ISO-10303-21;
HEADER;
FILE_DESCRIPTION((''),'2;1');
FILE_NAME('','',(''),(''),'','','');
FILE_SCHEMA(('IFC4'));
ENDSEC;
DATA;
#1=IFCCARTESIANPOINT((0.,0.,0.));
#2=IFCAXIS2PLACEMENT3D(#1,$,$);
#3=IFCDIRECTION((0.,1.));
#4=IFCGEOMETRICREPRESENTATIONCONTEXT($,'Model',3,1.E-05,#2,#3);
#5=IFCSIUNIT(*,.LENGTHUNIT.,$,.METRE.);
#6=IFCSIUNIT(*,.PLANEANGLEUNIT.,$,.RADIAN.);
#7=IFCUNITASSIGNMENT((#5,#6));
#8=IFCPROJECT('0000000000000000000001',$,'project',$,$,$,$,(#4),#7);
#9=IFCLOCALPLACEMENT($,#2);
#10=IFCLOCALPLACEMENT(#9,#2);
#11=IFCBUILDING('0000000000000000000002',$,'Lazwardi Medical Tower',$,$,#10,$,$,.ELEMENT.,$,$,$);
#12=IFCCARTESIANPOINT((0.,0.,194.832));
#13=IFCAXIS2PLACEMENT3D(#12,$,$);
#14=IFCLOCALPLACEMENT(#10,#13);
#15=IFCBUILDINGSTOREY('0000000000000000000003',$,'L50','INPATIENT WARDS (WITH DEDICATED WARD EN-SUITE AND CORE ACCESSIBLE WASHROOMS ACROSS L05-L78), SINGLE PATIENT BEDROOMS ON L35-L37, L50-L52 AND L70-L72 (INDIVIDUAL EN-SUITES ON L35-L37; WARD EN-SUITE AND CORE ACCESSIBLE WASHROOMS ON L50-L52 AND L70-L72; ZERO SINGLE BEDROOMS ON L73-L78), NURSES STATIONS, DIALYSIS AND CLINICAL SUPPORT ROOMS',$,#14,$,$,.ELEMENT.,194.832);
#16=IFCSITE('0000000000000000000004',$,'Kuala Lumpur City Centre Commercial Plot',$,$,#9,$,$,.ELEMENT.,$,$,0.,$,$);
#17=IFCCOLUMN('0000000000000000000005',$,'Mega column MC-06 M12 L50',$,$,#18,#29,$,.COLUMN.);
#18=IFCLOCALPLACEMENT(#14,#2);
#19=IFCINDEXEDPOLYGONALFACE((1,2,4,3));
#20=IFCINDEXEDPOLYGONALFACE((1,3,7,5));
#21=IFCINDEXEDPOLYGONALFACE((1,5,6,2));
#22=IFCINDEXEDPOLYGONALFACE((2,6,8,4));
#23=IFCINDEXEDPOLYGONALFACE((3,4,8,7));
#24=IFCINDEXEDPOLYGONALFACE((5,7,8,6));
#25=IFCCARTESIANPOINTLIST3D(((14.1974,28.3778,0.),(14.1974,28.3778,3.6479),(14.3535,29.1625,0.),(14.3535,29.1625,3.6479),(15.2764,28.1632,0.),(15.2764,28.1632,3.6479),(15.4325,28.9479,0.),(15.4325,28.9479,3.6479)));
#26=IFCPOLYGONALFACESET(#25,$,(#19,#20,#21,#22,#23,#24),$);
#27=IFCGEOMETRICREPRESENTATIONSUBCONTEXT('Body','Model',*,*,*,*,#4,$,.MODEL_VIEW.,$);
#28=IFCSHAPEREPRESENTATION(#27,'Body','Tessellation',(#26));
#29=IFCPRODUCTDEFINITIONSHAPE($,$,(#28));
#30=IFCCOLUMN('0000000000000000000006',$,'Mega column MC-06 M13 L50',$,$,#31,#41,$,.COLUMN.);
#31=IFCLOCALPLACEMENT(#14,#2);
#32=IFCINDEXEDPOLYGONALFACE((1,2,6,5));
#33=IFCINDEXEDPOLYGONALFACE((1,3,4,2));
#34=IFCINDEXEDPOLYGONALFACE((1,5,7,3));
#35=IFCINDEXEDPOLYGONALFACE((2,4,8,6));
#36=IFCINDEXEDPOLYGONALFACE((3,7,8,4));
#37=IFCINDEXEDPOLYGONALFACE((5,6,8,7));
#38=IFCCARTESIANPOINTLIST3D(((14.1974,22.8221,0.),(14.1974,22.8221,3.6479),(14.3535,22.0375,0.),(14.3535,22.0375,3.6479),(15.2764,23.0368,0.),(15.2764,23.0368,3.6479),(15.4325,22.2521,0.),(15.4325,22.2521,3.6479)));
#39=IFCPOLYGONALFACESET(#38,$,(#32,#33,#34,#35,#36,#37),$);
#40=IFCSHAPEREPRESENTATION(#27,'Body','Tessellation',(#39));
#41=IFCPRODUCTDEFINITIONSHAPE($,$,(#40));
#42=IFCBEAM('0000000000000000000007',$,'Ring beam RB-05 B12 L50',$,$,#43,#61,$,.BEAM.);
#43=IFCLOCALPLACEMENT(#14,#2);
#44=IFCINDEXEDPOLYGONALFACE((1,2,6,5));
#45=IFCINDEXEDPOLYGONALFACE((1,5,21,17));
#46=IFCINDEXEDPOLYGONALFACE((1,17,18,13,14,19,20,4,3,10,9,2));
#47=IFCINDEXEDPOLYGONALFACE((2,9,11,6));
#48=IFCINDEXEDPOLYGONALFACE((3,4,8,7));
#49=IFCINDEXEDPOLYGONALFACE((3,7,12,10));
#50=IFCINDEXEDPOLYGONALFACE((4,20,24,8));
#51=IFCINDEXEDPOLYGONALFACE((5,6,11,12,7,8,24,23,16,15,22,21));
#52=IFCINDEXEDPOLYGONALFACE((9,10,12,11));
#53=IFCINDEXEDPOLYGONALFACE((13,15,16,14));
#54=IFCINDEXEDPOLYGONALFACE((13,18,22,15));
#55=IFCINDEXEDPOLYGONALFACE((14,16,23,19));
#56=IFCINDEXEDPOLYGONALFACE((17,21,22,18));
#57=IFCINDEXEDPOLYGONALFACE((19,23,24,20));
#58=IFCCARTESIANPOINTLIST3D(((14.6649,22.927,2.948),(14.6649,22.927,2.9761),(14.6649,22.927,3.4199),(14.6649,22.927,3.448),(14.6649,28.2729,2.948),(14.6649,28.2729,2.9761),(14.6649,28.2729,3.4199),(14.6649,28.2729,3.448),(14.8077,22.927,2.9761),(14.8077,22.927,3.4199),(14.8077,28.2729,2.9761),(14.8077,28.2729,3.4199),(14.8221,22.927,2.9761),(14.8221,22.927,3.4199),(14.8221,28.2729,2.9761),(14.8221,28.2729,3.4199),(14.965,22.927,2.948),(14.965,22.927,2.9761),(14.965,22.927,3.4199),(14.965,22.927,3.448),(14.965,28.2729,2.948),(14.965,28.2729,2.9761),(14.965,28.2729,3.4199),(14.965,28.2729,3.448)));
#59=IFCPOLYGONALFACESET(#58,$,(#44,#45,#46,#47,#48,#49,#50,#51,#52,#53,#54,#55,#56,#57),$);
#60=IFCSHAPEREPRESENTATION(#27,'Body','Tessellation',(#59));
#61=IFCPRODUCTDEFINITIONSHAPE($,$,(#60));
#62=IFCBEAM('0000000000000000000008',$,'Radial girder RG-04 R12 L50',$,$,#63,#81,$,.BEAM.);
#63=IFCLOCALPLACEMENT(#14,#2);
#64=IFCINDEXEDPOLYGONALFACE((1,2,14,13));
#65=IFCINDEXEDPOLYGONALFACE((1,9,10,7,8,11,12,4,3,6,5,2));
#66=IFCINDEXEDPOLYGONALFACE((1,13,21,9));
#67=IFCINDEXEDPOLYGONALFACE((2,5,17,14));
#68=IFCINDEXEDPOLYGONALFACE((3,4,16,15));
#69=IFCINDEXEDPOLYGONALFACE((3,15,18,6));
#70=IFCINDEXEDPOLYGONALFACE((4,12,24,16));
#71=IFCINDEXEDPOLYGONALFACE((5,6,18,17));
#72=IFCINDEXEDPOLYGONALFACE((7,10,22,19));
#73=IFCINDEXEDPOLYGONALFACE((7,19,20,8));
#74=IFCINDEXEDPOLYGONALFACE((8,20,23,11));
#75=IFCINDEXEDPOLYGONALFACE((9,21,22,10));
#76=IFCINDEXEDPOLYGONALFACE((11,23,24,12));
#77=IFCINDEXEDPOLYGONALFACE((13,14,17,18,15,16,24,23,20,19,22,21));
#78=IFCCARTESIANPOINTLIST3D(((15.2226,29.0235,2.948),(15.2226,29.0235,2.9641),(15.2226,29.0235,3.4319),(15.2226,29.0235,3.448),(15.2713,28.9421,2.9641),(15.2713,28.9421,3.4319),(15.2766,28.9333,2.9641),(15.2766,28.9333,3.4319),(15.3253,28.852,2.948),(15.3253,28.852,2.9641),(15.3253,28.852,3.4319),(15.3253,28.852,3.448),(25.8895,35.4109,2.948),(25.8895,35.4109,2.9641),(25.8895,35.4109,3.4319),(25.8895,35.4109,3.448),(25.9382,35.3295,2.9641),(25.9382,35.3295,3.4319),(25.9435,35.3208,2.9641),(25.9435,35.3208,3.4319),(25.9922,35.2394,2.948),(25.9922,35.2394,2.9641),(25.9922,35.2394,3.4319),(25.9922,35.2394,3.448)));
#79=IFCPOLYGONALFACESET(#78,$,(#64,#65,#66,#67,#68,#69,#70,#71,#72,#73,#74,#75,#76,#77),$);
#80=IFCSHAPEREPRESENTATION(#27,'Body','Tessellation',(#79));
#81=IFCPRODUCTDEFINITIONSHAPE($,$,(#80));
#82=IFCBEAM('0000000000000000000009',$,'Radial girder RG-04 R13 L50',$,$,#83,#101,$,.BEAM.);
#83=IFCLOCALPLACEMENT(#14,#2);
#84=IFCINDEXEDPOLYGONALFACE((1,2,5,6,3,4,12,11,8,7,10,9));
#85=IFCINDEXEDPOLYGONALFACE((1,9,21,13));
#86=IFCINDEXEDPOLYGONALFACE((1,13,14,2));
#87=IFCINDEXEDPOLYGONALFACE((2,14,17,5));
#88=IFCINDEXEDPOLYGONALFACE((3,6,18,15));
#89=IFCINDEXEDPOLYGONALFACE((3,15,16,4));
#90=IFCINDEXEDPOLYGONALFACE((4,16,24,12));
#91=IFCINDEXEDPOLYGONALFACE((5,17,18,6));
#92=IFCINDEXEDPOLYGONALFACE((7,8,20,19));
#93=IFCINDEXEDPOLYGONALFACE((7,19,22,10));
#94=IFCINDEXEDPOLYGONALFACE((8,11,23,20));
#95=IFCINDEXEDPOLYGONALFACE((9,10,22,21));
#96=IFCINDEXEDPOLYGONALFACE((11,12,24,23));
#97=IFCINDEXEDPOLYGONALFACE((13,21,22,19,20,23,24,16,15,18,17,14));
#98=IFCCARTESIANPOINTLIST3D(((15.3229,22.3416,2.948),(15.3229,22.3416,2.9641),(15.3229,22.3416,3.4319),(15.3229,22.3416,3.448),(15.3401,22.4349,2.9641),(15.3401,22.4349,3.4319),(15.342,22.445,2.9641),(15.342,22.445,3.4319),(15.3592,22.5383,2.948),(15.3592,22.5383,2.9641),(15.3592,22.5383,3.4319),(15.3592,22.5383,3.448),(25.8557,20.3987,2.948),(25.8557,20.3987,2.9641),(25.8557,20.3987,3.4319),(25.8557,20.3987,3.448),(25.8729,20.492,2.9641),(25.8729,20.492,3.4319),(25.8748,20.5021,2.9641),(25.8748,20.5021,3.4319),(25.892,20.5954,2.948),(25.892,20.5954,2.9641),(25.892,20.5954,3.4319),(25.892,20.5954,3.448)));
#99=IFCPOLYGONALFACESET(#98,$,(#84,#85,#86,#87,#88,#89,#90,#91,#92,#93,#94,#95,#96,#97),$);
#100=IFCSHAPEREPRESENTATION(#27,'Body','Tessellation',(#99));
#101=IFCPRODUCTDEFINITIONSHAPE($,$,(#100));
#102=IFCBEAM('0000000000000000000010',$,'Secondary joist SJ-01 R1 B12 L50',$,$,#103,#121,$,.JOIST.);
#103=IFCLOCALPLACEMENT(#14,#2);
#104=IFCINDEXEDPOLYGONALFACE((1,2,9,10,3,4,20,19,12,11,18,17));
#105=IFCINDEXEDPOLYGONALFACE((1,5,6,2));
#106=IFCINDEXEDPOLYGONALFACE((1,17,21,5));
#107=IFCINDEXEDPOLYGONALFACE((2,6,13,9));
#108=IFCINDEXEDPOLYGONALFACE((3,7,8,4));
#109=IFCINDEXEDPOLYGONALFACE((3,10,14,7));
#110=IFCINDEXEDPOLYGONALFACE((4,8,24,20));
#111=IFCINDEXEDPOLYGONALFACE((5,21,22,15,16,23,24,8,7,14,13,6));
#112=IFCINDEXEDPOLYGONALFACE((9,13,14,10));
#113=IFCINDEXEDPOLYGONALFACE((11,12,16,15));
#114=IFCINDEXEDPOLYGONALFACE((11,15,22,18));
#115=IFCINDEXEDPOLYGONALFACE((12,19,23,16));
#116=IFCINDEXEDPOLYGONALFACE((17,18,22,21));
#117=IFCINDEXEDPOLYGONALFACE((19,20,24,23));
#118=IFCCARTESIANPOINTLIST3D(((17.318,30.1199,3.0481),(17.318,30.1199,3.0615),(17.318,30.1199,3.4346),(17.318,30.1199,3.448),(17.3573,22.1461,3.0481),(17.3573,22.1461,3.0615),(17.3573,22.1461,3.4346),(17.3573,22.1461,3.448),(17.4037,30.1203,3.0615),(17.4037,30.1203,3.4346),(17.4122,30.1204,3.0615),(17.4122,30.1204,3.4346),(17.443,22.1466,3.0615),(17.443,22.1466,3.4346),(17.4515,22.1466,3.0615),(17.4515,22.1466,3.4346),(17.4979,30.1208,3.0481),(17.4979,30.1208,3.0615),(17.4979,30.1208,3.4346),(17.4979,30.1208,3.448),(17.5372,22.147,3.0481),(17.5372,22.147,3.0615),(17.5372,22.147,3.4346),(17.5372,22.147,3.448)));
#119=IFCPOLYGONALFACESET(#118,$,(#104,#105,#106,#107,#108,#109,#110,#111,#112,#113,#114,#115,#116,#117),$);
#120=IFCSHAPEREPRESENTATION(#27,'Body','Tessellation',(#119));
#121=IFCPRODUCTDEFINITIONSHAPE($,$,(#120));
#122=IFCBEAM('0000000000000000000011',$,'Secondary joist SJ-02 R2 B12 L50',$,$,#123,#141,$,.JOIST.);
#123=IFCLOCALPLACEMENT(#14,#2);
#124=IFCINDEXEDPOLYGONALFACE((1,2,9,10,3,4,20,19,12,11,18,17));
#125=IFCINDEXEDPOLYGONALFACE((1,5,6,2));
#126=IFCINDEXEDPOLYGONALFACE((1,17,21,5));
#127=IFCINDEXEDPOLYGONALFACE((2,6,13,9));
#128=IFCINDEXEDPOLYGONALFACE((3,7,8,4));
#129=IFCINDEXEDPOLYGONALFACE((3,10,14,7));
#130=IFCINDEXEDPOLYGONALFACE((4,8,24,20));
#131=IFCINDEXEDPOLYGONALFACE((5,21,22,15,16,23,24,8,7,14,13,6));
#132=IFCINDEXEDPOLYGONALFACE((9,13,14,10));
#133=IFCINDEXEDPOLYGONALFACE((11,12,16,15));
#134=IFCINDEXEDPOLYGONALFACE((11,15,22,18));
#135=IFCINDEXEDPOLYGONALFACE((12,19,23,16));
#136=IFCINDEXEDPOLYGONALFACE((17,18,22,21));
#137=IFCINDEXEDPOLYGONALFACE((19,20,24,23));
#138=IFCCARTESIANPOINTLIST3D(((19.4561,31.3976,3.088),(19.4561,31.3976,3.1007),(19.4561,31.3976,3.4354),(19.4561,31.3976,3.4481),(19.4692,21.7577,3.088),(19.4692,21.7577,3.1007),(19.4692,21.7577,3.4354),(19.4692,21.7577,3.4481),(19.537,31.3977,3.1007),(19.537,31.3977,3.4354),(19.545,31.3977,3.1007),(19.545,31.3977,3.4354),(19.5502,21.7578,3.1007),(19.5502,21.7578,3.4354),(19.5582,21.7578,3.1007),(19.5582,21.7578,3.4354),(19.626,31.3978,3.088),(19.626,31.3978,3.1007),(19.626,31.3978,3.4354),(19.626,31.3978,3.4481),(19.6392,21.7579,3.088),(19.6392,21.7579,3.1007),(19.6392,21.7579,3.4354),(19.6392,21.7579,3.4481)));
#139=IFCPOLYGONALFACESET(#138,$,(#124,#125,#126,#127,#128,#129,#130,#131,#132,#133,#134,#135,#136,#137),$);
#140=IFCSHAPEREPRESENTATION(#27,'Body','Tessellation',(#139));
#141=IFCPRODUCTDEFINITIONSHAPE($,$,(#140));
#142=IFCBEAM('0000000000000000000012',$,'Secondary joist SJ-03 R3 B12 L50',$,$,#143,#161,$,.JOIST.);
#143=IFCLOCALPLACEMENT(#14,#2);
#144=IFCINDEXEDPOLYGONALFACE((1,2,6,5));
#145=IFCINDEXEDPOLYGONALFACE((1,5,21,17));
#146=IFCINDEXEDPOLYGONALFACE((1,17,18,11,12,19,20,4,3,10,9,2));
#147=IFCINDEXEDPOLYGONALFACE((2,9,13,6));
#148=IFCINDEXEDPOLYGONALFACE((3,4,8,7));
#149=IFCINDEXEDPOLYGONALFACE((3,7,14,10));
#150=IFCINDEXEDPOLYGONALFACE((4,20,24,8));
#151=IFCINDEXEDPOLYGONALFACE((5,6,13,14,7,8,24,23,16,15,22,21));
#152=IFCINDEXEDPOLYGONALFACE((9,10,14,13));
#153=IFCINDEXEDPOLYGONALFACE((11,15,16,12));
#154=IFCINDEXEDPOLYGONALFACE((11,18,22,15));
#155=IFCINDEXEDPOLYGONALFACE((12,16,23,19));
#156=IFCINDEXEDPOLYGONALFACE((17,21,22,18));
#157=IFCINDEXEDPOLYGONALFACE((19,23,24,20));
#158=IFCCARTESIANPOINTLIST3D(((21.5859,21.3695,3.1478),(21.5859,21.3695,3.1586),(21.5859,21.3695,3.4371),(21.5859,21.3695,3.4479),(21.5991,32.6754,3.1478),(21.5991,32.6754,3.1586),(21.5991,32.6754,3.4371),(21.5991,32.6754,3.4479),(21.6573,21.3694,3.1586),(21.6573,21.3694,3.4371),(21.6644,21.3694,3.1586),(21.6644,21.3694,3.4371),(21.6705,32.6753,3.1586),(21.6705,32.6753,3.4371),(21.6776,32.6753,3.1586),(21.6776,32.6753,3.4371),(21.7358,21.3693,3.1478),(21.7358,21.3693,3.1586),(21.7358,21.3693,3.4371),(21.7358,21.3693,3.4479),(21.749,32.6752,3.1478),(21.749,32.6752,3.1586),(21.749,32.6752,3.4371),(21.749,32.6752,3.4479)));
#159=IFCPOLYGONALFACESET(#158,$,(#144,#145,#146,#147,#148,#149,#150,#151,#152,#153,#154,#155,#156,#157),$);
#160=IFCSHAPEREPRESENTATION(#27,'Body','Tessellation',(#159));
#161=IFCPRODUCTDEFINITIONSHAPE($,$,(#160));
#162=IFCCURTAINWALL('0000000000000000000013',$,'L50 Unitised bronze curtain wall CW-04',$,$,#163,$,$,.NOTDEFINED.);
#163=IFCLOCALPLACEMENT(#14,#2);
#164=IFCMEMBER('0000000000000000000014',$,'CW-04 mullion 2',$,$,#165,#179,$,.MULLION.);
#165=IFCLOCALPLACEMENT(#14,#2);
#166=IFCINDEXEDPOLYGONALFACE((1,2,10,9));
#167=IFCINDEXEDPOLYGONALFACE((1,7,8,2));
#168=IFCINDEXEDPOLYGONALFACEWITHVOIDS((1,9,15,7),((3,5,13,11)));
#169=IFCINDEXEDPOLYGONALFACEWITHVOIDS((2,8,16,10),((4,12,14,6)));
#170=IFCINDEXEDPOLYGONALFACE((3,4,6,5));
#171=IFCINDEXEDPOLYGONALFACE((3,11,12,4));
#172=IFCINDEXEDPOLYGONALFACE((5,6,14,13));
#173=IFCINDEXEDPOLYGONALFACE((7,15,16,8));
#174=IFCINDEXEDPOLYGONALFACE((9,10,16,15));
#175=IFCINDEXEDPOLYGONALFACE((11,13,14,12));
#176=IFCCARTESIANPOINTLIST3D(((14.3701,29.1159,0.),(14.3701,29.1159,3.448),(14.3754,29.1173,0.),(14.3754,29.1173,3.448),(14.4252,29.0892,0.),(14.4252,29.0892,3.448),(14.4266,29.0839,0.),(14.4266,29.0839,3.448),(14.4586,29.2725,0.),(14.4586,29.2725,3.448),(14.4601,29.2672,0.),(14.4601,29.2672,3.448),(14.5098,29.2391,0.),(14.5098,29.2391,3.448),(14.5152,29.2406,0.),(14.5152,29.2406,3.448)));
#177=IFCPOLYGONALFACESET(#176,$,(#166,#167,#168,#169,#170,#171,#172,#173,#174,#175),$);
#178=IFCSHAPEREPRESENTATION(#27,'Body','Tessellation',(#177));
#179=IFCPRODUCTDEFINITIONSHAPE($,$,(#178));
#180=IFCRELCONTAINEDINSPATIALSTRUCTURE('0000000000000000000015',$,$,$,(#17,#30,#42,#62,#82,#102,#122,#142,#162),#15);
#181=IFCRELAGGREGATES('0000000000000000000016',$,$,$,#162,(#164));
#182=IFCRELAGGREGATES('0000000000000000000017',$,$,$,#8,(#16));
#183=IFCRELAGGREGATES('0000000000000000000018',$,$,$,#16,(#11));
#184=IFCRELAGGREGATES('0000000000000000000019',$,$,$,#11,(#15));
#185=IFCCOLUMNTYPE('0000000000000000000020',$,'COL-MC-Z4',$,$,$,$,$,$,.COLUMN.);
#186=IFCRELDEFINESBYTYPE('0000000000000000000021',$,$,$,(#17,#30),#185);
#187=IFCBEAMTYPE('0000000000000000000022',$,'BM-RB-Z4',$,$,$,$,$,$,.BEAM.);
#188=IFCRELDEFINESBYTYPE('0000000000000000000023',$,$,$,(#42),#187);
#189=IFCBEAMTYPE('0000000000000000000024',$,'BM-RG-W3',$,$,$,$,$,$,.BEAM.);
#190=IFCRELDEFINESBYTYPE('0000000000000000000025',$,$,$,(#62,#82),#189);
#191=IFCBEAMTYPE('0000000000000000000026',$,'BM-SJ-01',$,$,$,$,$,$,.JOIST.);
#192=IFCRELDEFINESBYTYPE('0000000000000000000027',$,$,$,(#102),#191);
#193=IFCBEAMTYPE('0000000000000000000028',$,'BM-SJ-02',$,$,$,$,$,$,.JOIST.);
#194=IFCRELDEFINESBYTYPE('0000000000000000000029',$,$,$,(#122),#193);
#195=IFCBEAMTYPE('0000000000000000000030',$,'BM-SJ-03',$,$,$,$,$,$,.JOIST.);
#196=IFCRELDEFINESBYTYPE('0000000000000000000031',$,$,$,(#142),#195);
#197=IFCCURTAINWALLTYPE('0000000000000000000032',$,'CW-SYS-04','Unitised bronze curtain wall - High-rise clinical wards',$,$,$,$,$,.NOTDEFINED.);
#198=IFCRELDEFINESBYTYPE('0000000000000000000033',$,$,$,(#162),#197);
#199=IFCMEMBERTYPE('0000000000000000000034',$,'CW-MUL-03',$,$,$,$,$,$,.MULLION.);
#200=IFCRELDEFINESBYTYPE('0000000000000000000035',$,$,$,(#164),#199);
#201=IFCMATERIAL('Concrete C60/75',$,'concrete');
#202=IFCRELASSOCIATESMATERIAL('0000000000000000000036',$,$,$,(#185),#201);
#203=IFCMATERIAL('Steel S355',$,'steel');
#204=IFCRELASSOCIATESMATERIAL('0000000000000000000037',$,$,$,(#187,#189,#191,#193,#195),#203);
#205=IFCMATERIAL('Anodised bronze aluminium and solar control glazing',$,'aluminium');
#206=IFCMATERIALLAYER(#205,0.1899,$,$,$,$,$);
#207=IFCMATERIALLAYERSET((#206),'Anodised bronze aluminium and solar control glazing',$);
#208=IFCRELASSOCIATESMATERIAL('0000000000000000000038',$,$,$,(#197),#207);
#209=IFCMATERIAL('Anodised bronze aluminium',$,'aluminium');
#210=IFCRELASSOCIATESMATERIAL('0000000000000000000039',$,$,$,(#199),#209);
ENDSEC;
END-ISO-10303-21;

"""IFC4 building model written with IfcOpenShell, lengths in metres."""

from ifc_helpers import new_model, si_unit, direction, frame, origin, origin_2d, place, context, subcontext, project, spatial, rectangle, hollow_rectangle, i_section, extrude, material, layer, layer_set, material_profile, profile_set, type_object, element, aggregate, save


model = new_model("IFC4")

# Units and contexts
model_context = context("Model", 3, precision=1e-05, world=origin(), true_north=direction((0.0, 1.0)))
body_context = subcontext(model_context, "Body", "Model", "MODEL_VIEW")
ifc_project = project(units=[si_unit("LENGTHUNIT", "METRE"), si_unit("PLANEANGLEUNIT", "RADIAN")], contexts=[model_context])

# Site, building, storey
site_placement = place(None, origin())
site = spatial("IfcSite", under=ifc_project, at=site_placement, Name="Kuala Lumpur City Centre Commercial Plot", CompositionType="ELEMENT", RefElevation=0.0)
building_placement = place(site_placement, origin())
building = spatial("IfcBuilding", under=site, at=building_placement, Name="Lazwardi Medical Tower", CompositionType="ELEMENT")
storey_placement = place(building_placement, frame((0.0, 0.0, 194.832)))
storey = spatial("IfcBuildingStorey", under=building, at=storey_placement, Name="L50", Description="INPATIENT WARDS (WITH DEDICATED WARD EN-SUITE AND CORE ACCESSIBLE WASHROOMS ACROSS L05-L78), SINGLE PATIENT BEDROOMS ON L35-L37, L50-L52 AND L70-L72 (INDIVIDUAL EN-SUITES ON L35-L37; WARD EN-SUITE AND CORE ACCESSIBLE WASHROOMS ON L50-L52 AND L70-L72; ZERO SINGLE BEDROOMS ON L73-L78), NURSES STATIONS, DIALYSIS AND CLINICAL SUPPORT ROOMS", CompositionType="ELEMENT", Elevation=194.832)

# Columns
ifc_material_1 = material(Name="Concrete C60/75", Category="concrete")
ifc_material_profile_1 = material_profile(ifc_material_1, rectangle(XDim=1.1001, YDim=0.8, at=origin_2d()), Name="CFT-RECT 1100x800")
ifc_profile_set_1 = profile_set([ifc_material_profile_1], Name="Concrete C60/75")
column_type = type_object("IfcColumnType", Name="COL-MC-Z4", PredefinedType="COLUMN", material=ifc_profile_set_1)
for number, where, z_axis, x_axis, name in (
    (1, (14.8149, 28.6628, 0.0), (0.0, 0.0, 1.0), (-0.980785, 0.19509, 0.0), "Mega column MC-06 M12 L50"),
    (2, (14.8149, 22.5371, 0.0), (0.0, 0.0, 1.0), (-0.980785, -0.19509, 0.0), "Mega column MC-06 M13 L50"),
):
    element("IfcColumn", number, at=place(storey_placement, frame(where, z_axis=z_axis, x_axis=x_axis)), inside=storey, type_object=column_type, Name=name, PredefinedType="COLUMN", context=body_context, shape_type="SweptSolid", body=[
        extrude(rectangle(XDim=1.1001, YDim=0.8, at=origin_2d()), origin(), (0.0, 0.0, 1.0), 3.6479),
    ])

# Beams
ifc_material_2 = material(Name="Steel S355", Category="steel")
ifc_material_profile_2 = material_profile(ifc_material_2, i_section(OverallWidth=0.3, OverallDepth=0.5, WebThickness=0.0144, FlangeThickness=0.0281, at=origin_2d()), Name="HEB 500")
ifc_profile_set_2 = profile_set([ifc_material_profile_2], Name="Steel S355")
beam_type_1 = type_object("IfcBeamType", Name="BM-RB-Z4", PredefinedType="BEAM", material=ifc_profile_set_2)
beam_1_placement = place(storey_placement, frame((14.8149, 28.2729, 3.198), z_axis=(0.0, -1.0, 0.0), x_axis=(1.0, 0.0, 0.0)))
element("IfcBeam", 3, at=beam_1_placement, inside=storey, type_object=beam_type_1, Name="Ring beam RB-05 B12 L50", PredefinedType="BEAM", context=body_context, shape_type="SweptSolid", body=[
    extrude(i_section(OverallWidth=0.3, OverallDepth=0.5, WebThickness=0.0144, FlangeThickness=0.0281, at=origin_2d()), origin(), (0.0, 0.0, 1.0), 5.3459),
])
ifc_material_profile_3 = material_profile(ifc_material_2, i_section(OverallWidth=0.2, OverallDepth=0.5, WebThickness=0.0103, FlangeThickness=0.0161, at=origin_2d()), Name="IPE 500")
ifc_profile_set_3 = profile_set([ifc_material_profile_3], Name="Steel S355")
beam_type_2 = type_object("IfcBeamType", Name="BM-RG-W3", PredefinedType="BEAM", material=ifc_profile_set_3)
beam_2_placement = place(storey_placement, frame((15.2739, 28.9377, 3.198), z_axis=(0.857945, 0.513742, 0.0), x_axis=(-0.513742, 0.857945, 0.0)))
element("IfcBeam", 4, at=beam_2_placement, inside=storey, type_object=beam_type_2, Name="Radial girder RG-04 R12 L50", PredefinedType="BEAM", context=body_context, shape_type="SweptSolid", body=[
    extrude(i_section(OverallWidth=0.2, OverallDepth=0.5, WebThickness=0.0103, FlangeThickness=0.0161, at=origin_2d()), origin(), (0.0, 0.0, 1.0), 12.4331),
])
beam_3_placement = place(storey_placement, frame((15.3411, 22.4399, 3.198), z_axis=(0.983409, -0.1814, 0.0), x_axis=(0.1814, 0.983409, 0.0)))
element("IfcBeam", 5, at=beam_3_placement, inside=storey, type_object=beam_type_2, Name="Radial girder RG-04 R13 L50", PredefinedType="BEAM", context=body_context, shape_type="SweptSolid", body=[
    extrude(i_section(OverallWidth=0.2, OverallDepth=0.5, WebThickness=0.0103, FlangeThickness=0.0161, at=origin_2d()), origin(), (0.0, 0.0, 1.0), 10.7104),
])
ifc_material_profile_4 = material_profile(ifc_material_2, i_section(OverallWidth=0.1799, OverallDepth=0.3999, WebThickness=0.0085, FlangeThickness=0.0134, at=origin_2d()), Name="IPE 400")
ifc_profile_set_4 = profile_set([ifc_material_profile_4], Name="Steel S355")
beam_type_3 = type_object("IfcBeamType", Name="BM-SJ-01", PredefinedType="JOIST", material=ifc_profile_set_4)
beam_4_placement = place(storey_placement, frame((17.408, 30.1204, 3.248), z_axis=(0.004929, -0.999988, 0.0), x_axis=(0.999988, 0.004929, 0.0)))
element("IfcBeam", 6, at=beam_4_placement, inside=storey, type_object=beam_type_3, Name="Secondary joist SJ-01 R1 B12 L50", PredefinedType="JOIST", context=body_context, shape_type="SweptSolid", body=[
    extrude(i_section(OverallWidth=0.1799, OverallDepth=0.3999, WebThickness=0.0085, FlangeThickness=0.0134, at=origin_2d()), origin(), (0.0, 0.0, 1.0), 7.9739),
])
ifc_material_profile_5 = material_profile(ifc_material_2, i_section(OverallWidth=0.1699, OverallDepth=0.3601, WebThickness=0.0081, FlangeThickness=0.0127, at=origin_2d()), Name="IPE 360")
ifc_profile_set_5 = profile_set([ifc_material_profile_5], Name="Steel S355")
beam_type_4 = type_object("IfcBeamType", Name="BM-SJ-02", PredefinedType="JOIST", material=ifc_profile_set_5)
beam_5_placement = place(storey_placement, frame((19.541, 31.3977, 3.2681), z_axis=(0.001368, -0.999999, 0.0), x_axis=(0.999999, 0.001368, 0.0)))
element("IfcBeam", 7, at=beam_5_placement, inside=storey, type_object=beam_type_4, Name="Secondary joist SJ-02 R2 B12 L50", PredefinedType="JOIST", context=body_context, shape_type="SweptSolid", body=[
    extrude(i_section(OverallWidth=0.1699, OverallDepth=0.3601, WebThickness=0.0081, FlangeThickness=0.0127, at=origin_2d()), origin(), (0.0, 0.0, 1.0), 9.6399),
])
ifc_material_profile_6 = material_profile(ifc_material_2, i_section(OverallWidth=0.1499, OverallDepth=0.3, WebThickness=0.0071, FlangeThickness=0.0107, at=origin_2d()), Name="IPE 300")
ifc_profile_set_6 = profile_set([ifc_material_profile_6], Name="Steel S355")
beam_type_5 = type_object("IfcBeamType", Name="BM-SJ-03", PredefinedType="JOIST", material=ifc_profile_set_6)
beam_6_placement = place(storey_placement, frame((21.6741, 32.6753, 3.2979), z_axis=(-0.001166, -0.999999, 0.0), x_axis=(0.999999, -0.001166, 0.0)))
element("IfcBeam", 8, at=beam_6_placement, inside=storey, type_object=beam_type_5, Name="Secondary joist SJ-03 R3 B12 L50", PredefinedType="JOIST", context=body_context, shape_type="SweptSolid", body=[
    extrude(i_section(OverallWidth=0.1499, OverallDepth=0.3, WebThickness=0.0071, FlangeThickness=0.0107, at=origin_2d()), origin(), (0.0, 0.0, 1.0), 11.3059),
])

# Curtain wall, member
ifc_material_3 = material(Name="Anodised bronze aluminium and solar control glazing", Category="aluminium")
ifc_layer_1 = layer(ifc_material_3, 0.1899)
ifc_layer_set_1 = layer_set([ifc_layer_1], Name="Anodised bronze aluminium and solar control glazing")
curtain_wall_type = type_object("IfcCurtainWallType", Name="CW-SYS-04", Description="Unitised bronze curtain wall - High-rise clinical wards", PredefinedType="NOTDEFINED", material=ifc_layer_set_1)
curtain_wall_1_placement = place(storey_placement, origin())
curtain_wall_1 = element("IfcCurtainWall", 9, at=curtain_wall_1_placement, inside=storey, type_object=curtain_wall_type, Name="L50 Unitised bronze curtain wall CW-04", PredefinedType="NOTDEFINED")
ifc_material_4 = material(Name="Anodised bronze aluminium", Category="aluminium")
ifc_material_profile_7 = material_profile(ifc_material_4, hollow_rectangle(XDim=0.0649, YDim=0.1799, WallThickness=0.0039, at=origin_2d()), Name="ALU-MULLION 180x65x4")
ifc_profile_set_7 = profile_set([ifc_material_profile_7], Name="Anodised bronze aluminium")
member_type_1 = type_object("IfcMemberType", Name="CW-MUL-03", PredefinedType="MULLION", material=ifc_profile_set_7)
member_1_placement = place(storey_placement, frame((14.4426, 29.1782, 0.0), z_axis=(0.0, 0.0, 1.0), x_axis=(0.870651, -0.4919, 0.0)))
member_1 = element("IfcMember", 10, at=member_1_placement, type_object=member_type_1, Name="CW-04 mullion 2", PredefinedType="MULLION", context=body_context, shape_type="SweptSolid", body=[
    extrude(hollow_rectangle(XDim=0.0649, YDim=0.1799, WallThickness=0.0039, at=origin_2d()), origin(), (0.0, 0.0, 1.0), 3.448),
])

aggregate(curtain_wall_1, [member_1])

save(model, "model.ifc")
